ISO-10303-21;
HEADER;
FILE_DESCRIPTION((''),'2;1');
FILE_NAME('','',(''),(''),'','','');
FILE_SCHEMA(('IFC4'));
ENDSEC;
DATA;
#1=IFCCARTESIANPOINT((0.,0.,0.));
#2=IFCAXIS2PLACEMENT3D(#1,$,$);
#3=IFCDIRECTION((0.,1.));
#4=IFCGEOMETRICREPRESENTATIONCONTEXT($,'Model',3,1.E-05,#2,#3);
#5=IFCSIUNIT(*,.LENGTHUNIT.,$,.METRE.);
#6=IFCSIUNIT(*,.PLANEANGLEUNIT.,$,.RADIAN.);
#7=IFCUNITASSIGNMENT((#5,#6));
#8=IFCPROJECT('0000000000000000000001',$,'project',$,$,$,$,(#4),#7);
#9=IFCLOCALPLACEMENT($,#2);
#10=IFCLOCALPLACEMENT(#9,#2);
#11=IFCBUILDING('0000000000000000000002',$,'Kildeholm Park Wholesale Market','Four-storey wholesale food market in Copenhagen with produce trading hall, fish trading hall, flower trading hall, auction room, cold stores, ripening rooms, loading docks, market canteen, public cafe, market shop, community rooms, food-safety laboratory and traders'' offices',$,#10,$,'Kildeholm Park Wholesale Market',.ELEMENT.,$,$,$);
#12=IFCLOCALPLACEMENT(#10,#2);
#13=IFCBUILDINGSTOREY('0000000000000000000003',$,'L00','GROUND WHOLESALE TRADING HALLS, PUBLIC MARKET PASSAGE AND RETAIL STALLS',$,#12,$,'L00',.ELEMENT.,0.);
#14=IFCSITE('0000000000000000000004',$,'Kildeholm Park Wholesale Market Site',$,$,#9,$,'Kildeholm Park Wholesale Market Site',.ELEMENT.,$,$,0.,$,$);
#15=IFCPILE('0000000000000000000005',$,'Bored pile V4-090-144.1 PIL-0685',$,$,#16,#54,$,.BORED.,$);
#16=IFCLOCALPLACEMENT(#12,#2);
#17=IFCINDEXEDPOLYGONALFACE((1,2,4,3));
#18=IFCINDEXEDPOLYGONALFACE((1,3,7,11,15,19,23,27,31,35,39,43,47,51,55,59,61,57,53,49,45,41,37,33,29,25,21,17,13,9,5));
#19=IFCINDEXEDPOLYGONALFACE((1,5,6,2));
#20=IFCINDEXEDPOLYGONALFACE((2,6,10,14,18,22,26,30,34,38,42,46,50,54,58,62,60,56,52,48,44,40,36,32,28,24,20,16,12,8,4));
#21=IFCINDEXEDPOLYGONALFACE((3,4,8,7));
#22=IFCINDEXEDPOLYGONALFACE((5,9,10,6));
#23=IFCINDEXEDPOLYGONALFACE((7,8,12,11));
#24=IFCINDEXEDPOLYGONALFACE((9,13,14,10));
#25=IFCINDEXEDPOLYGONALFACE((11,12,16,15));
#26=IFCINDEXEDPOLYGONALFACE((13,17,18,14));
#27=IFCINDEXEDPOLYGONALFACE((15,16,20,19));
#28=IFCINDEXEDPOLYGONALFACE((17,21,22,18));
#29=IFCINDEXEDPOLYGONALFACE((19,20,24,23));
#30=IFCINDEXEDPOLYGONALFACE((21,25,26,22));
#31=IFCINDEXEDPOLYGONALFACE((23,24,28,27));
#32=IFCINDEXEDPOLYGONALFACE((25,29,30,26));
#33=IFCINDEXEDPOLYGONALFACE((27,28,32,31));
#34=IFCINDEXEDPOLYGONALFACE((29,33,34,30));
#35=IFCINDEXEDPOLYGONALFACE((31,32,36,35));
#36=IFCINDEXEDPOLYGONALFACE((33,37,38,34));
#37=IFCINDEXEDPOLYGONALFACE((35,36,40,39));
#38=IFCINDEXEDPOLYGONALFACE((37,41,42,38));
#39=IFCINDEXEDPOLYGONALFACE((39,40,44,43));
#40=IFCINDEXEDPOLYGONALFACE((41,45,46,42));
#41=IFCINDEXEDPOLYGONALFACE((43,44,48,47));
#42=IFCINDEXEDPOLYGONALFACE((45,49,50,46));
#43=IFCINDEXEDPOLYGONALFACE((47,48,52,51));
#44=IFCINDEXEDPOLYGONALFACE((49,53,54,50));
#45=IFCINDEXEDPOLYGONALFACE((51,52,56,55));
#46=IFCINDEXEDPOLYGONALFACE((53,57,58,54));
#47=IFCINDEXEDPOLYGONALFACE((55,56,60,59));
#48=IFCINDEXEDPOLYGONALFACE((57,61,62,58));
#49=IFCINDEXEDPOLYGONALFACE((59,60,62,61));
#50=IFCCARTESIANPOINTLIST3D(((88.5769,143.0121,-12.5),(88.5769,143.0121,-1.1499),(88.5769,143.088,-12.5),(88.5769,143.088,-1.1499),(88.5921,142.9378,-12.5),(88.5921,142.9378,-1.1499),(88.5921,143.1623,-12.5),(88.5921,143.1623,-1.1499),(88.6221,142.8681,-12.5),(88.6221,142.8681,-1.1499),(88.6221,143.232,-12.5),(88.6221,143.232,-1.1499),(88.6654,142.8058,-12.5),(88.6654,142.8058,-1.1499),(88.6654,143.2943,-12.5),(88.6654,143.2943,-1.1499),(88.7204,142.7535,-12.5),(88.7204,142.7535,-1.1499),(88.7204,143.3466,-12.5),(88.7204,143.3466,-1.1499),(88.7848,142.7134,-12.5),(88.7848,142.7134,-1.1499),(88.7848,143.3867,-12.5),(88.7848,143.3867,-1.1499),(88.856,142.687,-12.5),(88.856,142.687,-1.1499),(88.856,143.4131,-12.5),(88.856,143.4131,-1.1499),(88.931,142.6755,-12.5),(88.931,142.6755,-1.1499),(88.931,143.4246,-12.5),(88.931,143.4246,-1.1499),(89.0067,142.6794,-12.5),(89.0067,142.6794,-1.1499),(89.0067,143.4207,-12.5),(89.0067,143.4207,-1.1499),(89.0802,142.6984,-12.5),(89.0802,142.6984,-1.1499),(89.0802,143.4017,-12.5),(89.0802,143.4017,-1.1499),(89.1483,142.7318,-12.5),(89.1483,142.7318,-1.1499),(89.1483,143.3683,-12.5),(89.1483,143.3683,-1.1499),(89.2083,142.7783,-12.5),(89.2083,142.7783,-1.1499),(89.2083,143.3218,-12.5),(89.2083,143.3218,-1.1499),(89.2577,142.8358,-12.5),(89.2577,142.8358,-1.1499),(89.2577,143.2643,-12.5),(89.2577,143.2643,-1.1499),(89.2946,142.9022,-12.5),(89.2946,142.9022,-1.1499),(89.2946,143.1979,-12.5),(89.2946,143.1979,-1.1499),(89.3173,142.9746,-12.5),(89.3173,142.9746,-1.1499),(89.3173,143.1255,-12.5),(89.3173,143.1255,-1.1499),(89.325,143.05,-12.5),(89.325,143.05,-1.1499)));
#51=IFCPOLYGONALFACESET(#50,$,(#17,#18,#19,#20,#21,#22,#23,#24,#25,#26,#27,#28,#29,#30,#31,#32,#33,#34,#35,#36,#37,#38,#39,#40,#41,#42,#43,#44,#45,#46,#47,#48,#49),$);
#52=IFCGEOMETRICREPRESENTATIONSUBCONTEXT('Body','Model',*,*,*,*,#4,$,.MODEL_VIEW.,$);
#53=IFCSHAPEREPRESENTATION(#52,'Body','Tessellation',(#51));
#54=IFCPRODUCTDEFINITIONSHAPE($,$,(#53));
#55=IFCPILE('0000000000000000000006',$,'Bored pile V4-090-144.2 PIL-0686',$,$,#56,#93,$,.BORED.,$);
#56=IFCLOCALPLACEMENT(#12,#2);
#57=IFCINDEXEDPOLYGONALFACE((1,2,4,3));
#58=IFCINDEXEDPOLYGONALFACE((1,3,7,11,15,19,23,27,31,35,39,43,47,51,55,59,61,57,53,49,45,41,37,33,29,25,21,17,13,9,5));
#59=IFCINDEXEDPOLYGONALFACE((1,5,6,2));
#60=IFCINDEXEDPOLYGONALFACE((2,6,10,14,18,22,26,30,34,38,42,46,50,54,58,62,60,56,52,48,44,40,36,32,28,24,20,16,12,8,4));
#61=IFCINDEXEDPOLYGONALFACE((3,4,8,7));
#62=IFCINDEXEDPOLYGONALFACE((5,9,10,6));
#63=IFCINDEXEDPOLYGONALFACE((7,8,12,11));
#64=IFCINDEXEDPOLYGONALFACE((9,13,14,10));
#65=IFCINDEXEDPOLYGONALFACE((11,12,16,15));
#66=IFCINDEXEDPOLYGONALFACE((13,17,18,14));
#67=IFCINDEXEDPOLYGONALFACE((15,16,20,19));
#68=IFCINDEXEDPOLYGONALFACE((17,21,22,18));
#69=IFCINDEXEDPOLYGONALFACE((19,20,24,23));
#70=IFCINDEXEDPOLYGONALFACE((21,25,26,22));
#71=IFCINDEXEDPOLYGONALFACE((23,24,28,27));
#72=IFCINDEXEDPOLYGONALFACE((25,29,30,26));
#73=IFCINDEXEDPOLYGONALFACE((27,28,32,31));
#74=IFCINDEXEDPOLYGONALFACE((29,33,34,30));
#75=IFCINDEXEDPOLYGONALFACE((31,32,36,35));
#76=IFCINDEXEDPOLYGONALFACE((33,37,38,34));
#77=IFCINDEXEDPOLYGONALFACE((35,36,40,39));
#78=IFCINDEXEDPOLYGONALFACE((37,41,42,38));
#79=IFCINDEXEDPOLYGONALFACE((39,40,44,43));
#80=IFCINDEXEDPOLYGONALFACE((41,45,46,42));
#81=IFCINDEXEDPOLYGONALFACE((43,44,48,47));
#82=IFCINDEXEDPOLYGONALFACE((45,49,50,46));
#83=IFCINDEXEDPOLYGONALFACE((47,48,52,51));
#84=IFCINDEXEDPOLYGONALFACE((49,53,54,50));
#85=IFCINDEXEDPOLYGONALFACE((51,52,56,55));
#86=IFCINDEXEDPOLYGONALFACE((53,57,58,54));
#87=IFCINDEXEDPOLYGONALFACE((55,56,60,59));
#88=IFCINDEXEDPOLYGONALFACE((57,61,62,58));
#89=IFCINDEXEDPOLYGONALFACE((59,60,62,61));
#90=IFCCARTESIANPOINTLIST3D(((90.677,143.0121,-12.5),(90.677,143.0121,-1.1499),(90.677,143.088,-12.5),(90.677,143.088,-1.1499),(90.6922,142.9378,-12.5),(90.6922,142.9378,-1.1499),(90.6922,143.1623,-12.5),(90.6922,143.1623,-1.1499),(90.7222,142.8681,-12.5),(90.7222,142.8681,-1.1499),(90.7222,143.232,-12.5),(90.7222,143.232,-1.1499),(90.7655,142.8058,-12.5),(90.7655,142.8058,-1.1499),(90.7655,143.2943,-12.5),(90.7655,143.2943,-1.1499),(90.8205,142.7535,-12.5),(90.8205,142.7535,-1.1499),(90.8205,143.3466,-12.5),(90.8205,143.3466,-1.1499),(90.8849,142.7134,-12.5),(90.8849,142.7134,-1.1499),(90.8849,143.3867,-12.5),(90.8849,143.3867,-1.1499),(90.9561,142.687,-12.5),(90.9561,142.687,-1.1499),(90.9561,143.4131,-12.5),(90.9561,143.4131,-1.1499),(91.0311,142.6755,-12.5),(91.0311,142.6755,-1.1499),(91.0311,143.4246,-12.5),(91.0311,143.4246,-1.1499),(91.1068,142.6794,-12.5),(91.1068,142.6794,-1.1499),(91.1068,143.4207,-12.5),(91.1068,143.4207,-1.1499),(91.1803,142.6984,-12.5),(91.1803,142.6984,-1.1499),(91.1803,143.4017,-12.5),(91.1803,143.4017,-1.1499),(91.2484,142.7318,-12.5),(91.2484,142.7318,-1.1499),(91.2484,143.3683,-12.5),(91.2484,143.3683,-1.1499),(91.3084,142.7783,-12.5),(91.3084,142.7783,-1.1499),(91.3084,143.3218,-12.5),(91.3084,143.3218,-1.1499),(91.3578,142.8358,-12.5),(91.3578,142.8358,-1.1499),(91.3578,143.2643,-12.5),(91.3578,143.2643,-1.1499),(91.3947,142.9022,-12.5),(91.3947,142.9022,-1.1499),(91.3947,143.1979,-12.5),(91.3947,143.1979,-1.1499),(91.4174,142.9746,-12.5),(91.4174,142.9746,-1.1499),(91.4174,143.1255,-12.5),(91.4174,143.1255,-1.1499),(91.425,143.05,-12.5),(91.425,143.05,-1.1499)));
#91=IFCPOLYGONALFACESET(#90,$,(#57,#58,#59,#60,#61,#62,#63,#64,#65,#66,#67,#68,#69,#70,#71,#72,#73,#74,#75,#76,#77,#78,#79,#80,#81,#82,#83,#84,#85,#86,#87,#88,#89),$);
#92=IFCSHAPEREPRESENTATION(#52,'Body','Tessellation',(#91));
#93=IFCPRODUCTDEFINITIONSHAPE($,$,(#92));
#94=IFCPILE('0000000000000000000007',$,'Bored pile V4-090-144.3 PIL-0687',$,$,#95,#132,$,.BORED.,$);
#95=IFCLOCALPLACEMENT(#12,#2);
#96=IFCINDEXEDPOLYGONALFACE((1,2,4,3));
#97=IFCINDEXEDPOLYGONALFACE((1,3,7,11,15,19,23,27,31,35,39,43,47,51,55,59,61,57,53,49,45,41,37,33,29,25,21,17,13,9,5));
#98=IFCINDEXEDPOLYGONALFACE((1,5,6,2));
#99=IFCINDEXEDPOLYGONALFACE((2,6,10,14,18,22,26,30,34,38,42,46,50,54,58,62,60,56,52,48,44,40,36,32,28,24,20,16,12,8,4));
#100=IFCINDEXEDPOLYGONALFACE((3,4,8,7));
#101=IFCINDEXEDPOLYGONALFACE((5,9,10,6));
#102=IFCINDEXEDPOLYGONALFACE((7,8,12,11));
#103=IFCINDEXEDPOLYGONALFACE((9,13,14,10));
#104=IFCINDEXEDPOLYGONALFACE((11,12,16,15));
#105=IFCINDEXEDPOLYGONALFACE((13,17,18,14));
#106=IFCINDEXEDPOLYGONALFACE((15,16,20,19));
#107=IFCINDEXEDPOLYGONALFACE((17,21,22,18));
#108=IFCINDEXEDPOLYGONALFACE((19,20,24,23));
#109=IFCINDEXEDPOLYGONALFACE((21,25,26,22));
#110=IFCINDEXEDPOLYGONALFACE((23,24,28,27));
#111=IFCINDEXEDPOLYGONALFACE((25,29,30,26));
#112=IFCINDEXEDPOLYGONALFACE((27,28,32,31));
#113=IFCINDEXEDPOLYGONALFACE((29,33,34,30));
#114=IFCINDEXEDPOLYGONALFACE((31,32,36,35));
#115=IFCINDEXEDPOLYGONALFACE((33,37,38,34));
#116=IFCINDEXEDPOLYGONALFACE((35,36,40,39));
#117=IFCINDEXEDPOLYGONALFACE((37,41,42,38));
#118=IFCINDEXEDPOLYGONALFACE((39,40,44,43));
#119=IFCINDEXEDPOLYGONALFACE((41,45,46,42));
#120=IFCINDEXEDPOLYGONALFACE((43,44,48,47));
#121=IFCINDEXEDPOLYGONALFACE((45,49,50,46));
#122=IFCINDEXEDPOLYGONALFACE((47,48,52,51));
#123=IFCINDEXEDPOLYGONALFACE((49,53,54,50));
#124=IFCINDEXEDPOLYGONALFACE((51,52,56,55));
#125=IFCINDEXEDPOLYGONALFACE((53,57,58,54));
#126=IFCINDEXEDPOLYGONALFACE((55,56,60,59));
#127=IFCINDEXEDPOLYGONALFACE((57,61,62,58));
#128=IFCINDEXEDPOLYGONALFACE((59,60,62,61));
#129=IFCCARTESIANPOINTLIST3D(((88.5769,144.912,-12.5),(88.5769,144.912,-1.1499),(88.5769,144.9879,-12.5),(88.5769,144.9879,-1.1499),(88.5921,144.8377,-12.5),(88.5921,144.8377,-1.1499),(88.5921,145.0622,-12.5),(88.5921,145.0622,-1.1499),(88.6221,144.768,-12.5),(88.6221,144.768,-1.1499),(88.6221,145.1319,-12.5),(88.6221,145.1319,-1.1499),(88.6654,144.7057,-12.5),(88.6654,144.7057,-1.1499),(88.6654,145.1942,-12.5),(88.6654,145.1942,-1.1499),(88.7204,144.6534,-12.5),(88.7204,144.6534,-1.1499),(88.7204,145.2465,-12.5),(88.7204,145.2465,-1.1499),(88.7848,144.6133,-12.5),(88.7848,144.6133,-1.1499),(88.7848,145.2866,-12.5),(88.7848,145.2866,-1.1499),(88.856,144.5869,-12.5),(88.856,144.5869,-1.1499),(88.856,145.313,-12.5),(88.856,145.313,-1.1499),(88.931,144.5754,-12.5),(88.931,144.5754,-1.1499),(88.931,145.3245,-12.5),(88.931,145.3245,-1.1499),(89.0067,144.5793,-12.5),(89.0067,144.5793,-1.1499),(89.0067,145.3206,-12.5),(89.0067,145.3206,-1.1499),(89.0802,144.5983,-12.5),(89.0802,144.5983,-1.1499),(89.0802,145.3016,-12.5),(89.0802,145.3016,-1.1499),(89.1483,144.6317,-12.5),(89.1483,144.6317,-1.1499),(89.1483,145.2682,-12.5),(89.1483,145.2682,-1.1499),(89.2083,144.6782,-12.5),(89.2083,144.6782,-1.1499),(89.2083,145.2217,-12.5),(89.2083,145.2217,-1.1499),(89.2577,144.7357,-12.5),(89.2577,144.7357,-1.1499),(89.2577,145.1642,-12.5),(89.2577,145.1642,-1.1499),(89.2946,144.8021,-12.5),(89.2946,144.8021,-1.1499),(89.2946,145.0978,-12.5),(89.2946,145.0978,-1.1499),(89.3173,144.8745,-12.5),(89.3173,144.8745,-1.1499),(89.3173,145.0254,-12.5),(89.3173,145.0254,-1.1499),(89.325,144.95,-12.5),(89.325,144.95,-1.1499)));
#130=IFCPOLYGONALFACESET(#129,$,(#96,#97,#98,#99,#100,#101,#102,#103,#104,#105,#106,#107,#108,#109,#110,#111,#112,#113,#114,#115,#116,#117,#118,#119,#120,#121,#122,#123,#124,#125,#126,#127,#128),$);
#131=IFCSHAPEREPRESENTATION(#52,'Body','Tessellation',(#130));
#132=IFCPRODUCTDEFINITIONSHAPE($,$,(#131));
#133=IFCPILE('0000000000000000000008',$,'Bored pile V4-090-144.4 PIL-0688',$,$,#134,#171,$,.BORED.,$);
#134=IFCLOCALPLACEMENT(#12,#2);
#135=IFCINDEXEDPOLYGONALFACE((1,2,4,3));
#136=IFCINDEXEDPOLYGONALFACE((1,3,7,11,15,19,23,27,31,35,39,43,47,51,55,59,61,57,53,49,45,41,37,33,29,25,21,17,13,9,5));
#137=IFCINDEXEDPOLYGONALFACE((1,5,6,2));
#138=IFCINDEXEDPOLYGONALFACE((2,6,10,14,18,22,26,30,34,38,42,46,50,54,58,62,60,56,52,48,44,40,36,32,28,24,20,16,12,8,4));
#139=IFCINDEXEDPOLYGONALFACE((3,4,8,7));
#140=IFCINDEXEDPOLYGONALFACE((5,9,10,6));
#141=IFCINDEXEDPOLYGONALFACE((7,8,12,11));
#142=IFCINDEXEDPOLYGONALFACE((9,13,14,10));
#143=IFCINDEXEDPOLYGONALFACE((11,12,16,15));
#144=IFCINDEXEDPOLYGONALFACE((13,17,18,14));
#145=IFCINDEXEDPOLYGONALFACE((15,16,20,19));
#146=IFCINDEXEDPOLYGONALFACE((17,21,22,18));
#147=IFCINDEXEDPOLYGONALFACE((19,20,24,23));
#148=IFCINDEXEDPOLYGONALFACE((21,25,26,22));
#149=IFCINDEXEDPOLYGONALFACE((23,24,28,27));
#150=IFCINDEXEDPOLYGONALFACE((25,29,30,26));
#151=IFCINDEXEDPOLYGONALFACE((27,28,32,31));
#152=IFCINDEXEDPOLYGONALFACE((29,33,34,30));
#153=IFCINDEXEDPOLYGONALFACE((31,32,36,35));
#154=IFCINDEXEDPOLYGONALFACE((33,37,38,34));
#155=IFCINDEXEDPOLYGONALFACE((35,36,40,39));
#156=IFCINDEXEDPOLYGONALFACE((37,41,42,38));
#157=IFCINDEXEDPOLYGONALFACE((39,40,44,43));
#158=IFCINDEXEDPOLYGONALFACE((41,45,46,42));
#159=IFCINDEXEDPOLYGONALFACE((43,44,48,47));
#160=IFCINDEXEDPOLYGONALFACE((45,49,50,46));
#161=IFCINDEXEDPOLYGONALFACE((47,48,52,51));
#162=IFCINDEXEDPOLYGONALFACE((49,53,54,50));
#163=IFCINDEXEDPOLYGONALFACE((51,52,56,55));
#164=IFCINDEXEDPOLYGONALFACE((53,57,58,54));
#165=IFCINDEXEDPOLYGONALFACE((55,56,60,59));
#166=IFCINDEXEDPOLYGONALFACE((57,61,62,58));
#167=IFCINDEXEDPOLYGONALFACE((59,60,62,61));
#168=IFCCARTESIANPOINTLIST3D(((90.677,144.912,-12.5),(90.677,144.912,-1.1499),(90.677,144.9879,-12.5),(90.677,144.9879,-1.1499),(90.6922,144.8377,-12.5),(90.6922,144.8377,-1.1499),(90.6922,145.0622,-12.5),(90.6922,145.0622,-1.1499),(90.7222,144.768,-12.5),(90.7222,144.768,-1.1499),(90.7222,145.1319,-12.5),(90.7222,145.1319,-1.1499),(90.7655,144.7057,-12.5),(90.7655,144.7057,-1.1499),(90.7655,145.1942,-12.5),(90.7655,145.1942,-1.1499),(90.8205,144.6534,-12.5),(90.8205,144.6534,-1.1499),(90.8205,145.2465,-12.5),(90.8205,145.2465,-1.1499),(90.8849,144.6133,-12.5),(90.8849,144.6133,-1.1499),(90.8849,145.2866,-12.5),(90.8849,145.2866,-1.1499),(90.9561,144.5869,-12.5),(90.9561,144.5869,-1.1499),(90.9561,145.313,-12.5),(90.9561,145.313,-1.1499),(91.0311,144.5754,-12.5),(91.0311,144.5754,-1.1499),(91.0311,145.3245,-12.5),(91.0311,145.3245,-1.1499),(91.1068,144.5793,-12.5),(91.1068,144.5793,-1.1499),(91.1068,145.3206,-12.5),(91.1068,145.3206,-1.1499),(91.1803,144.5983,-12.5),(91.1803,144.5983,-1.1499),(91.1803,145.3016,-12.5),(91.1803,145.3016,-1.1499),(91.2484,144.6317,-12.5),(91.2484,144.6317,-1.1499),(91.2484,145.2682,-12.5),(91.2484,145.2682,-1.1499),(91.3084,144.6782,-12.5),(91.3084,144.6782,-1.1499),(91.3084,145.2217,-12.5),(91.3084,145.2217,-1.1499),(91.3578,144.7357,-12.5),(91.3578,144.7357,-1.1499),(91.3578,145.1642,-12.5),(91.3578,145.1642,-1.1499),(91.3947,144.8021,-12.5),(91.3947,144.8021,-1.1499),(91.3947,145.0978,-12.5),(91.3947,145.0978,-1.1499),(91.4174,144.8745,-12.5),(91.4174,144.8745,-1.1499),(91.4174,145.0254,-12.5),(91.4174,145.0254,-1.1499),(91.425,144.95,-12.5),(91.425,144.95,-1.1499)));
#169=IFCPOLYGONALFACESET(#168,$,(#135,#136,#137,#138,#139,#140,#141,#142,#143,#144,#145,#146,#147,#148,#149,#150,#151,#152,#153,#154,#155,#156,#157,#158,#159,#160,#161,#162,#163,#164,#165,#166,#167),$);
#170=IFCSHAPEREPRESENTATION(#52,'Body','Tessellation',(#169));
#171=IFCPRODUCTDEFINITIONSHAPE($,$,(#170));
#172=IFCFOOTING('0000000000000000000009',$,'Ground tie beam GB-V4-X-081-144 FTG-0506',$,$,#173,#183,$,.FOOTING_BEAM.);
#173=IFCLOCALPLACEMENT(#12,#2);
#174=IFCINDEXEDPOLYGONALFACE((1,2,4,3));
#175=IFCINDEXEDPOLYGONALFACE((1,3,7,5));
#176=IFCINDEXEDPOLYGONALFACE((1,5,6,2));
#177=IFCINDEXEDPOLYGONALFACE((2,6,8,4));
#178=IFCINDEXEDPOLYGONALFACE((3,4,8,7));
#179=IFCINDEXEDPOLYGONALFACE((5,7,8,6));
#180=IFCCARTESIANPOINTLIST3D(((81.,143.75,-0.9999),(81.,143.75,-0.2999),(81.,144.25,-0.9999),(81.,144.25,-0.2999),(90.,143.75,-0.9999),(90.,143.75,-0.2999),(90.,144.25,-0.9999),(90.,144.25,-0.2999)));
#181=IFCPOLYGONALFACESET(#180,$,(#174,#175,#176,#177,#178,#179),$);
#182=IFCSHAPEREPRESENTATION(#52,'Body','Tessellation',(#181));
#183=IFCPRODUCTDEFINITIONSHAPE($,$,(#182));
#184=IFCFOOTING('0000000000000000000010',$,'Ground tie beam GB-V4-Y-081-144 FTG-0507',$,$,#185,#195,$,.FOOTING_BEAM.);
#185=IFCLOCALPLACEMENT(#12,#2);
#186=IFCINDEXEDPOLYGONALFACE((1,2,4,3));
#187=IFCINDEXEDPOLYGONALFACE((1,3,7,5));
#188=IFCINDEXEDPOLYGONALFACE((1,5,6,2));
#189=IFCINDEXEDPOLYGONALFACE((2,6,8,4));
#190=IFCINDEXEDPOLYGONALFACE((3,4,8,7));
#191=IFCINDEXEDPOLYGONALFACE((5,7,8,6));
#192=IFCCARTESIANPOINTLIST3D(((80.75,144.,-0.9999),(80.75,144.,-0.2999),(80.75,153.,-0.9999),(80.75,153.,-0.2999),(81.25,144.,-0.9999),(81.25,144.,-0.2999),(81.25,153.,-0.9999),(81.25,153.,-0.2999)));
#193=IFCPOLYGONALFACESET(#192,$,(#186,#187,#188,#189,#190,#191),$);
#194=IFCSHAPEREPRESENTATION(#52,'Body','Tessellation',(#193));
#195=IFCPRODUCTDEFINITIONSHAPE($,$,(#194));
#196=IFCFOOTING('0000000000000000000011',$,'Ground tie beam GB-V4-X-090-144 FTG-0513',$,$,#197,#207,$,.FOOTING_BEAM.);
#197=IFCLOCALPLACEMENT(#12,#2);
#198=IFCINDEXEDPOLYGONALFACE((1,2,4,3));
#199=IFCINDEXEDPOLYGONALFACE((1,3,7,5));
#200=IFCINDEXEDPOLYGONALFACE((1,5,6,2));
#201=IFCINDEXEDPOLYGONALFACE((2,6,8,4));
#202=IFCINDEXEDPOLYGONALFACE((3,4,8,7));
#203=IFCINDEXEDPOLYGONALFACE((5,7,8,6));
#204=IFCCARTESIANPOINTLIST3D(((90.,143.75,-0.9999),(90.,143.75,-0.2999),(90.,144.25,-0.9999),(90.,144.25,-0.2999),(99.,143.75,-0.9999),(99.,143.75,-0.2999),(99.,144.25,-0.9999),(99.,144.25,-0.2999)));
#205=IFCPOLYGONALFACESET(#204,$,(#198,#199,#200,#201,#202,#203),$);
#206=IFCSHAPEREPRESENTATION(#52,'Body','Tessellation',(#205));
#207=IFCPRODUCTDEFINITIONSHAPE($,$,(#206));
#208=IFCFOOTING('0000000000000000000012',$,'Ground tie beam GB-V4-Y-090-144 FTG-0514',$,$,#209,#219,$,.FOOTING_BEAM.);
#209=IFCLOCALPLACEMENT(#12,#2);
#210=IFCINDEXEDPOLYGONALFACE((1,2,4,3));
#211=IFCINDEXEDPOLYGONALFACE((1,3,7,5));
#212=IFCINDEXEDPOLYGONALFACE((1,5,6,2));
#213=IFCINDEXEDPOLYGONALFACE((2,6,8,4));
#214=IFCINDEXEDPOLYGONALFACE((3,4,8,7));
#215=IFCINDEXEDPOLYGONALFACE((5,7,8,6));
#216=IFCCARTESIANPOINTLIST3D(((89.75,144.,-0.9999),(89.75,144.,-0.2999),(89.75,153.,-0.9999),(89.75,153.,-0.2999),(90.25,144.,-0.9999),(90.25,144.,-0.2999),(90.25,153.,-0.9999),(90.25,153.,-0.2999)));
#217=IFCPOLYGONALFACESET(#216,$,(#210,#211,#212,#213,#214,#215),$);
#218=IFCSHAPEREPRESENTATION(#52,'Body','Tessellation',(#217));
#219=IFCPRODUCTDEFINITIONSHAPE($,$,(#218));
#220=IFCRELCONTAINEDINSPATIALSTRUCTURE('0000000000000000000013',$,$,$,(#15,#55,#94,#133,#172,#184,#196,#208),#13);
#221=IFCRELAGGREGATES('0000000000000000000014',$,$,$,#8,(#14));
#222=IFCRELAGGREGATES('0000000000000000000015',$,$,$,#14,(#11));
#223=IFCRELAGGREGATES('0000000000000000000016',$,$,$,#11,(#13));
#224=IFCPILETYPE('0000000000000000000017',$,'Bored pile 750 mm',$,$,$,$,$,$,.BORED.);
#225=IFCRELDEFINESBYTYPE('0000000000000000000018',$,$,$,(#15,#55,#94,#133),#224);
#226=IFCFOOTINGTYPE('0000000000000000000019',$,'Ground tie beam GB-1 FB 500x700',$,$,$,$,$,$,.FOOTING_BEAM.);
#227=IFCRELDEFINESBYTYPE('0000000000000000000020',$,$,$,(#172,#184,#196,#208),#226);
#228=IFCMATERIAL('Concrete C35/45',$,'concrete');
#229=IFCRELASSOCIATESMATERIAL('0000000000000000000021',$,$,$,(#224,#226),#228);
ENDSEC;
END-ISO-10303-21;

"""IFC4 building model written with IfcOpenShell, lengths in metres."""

from ifc_helpers import new_model, si_unit, direction, frame, origin, origin_2d, place, context, subcontext, project, spatial, rectangle, circle, extrude, material, material_profile, profile_set, type_object, element, save


model = new_model("IFC4")

# Units and contexts
model_context = context("Model", 3, precision=1e-05, world=origin(), true_north=direction((0.0, 1.0)))
body_context = subcontext(model_context, "Body", "Model", "MODEL_VIEW")
ifc_project = project(units=[si_unit("LENGTHUNIT", "METRE"), si_unit("PLANEANGLEUNIT", "RADIAN")], contexts=[model_context])

# Site, building, storey
site_placement = place(None, origin())
site = spatial("IfcSite", under=ifc_project, at=site_placement, Name="Kildeholm Park Wholesale Market Site", LongName="Kildeholm Park Wholesale Market Site", CompositionType="ELEMENT", RefElevation=0.0)
building_placement = place(site_placement, origin())
building = spatial("IfcBuilding", under=site, at=building_placement, Name="Kildeholm Park Wholesale Market", Description="Four-storey wholesale food market in Copenhagen with produce trading hall, fish trading hall, flower trading hall, auction room, cold stores, ripening rooms, loading docks, market canteen, public cafe, market shop, community rooms, food-safety laboratory and traders' offices", LongName="Kildeholm Park Wholesale Market", CompositionType="ELEMENT")
storey_placement = place(building_placement, origin())
storey = spatial("IfcBuildingStorey", under=building, at=storey_placement, Name="L00", Description="GROUND WHOLESALE TRADING HALLS, PUBLIC MARKET PASSAGE AND RETAIL STALLS", LongName="L00", CompositionType="ELEMENT", Elevation=0.0)

# Piles
ifc_material_1 = material(Name="Concrete C35/45", Category="concrete")
ifc_material_profile_1 = material_profile(ifc_material_1, circle(Radius=0.375, at=origin_2d()), Name="PILE D750")
ifc_profile_set_1 = profile_set([ifc_material_profile_1], Name="Concrete C35/45")
pile_type = type_object("IfcPileType", Name="Bored pile 750 mm", PredefinedType="BORED", material=ifc_profile_set_1)
for number, where, z_axis, x_axis, name in (
    (1, (88.95, 143.05, -1.1499), (0.0, 0.0, -1.0), (1.0, 0.0, 0.0), "Bored pile V4-090-144.1 PIL-0685"),
    (2, (91.05, 143.05, -1.1499), (0.0, 0.0, -1.0), (1.0, 0.0, 0.0), "Bored pile V4-090-144.2 PIL-0686"),
    (3, (88.95, 144.95, -1.1499), (0.0, 0.0, -1.0), (1.0, 0.0, 0.0), "Bored pile V4-090-144.3 PIL-0687"),
    (4, (91.05, 144.95, -1.1499), (0.0, 0.0, -1.0), (1.0, 0.0, 0.0), "Bored pile V4-090-144.4 PIL-0688"),
):
    element("IfcPile", number, at=place(storey_placement, frame(where, z_axis=z_axis, x_axis=x_axis)), inside=storey, type_object=pile_type, Name=name, PredefinedType="BORED", context=body_context, shape_type="SweptSolid", body=[
        extrude(circle(Radius=0.375, at=origin_2d()), origin(), (0.0, 0.0, 1.0), 11.3501),
    ])

# Footings
ifc_material_profile_2 = material_profile(ifc_material_1, rectangle(XDim=0.5, YDim=0.7, at=origin_2d()), Name="FB 500x700")
ifc_profile_set_2 = profile_set([ifc_material_profile_2], Name="Concrete C35/45")
footing_type_1 = type_object("IfcFootingType", Name="Ground tie beam GB-1 FB 500x700", PredefinedType="FOOTING_BEAM", material=ifc_profile_set_2)
for number, where, z_axis, x_axis, name in (
    (5, (81.0, 144.0, -0.6499), (1.0, 0.0, 0.0), (0.0, 1.0, 0.0), "Ground tie beam GB-V4-X-081-144 FTG-0506"),
    (6, (81.0, 144.0, -0.6499), (0.0, 1.0, 0.0), (-1.0, 0.0, 0.0), "Ground tie beam GB-V4-Y-081-144 FTG-0507"),
    (7, (90.0, 144.0, -0.6499), (1.0, 0.0, 0.0), (0.0, 1.0, 0.0), "Ground tie beam GB-V4-X-090-144 FTG-0513"),
    (8, (90.0, 144.0, -0.6499), (0.0, 1.0, 0.0), (-1.0, 0.0, 0.0), "Ground tie beam GB-V4-Y-090-144 FTG-0514"),
):
    element("IfcFooting", number, at=place(storey_placement, frame(where, z_axis=z_axis, x_axis=x_axis)), inside=storey, type_object=footing_type_1, Name=name, PredefinedType="FOOTING_BEAM", context=body_context, shape_type="SweptSolid", body=[
        extrude(rectangle(XDim=0.5, YDim=0.7, at=origin_2d()), origin(), (0.0, 0.0, 1.0), 9.0),
    ])

save(model, "model.ifc")
